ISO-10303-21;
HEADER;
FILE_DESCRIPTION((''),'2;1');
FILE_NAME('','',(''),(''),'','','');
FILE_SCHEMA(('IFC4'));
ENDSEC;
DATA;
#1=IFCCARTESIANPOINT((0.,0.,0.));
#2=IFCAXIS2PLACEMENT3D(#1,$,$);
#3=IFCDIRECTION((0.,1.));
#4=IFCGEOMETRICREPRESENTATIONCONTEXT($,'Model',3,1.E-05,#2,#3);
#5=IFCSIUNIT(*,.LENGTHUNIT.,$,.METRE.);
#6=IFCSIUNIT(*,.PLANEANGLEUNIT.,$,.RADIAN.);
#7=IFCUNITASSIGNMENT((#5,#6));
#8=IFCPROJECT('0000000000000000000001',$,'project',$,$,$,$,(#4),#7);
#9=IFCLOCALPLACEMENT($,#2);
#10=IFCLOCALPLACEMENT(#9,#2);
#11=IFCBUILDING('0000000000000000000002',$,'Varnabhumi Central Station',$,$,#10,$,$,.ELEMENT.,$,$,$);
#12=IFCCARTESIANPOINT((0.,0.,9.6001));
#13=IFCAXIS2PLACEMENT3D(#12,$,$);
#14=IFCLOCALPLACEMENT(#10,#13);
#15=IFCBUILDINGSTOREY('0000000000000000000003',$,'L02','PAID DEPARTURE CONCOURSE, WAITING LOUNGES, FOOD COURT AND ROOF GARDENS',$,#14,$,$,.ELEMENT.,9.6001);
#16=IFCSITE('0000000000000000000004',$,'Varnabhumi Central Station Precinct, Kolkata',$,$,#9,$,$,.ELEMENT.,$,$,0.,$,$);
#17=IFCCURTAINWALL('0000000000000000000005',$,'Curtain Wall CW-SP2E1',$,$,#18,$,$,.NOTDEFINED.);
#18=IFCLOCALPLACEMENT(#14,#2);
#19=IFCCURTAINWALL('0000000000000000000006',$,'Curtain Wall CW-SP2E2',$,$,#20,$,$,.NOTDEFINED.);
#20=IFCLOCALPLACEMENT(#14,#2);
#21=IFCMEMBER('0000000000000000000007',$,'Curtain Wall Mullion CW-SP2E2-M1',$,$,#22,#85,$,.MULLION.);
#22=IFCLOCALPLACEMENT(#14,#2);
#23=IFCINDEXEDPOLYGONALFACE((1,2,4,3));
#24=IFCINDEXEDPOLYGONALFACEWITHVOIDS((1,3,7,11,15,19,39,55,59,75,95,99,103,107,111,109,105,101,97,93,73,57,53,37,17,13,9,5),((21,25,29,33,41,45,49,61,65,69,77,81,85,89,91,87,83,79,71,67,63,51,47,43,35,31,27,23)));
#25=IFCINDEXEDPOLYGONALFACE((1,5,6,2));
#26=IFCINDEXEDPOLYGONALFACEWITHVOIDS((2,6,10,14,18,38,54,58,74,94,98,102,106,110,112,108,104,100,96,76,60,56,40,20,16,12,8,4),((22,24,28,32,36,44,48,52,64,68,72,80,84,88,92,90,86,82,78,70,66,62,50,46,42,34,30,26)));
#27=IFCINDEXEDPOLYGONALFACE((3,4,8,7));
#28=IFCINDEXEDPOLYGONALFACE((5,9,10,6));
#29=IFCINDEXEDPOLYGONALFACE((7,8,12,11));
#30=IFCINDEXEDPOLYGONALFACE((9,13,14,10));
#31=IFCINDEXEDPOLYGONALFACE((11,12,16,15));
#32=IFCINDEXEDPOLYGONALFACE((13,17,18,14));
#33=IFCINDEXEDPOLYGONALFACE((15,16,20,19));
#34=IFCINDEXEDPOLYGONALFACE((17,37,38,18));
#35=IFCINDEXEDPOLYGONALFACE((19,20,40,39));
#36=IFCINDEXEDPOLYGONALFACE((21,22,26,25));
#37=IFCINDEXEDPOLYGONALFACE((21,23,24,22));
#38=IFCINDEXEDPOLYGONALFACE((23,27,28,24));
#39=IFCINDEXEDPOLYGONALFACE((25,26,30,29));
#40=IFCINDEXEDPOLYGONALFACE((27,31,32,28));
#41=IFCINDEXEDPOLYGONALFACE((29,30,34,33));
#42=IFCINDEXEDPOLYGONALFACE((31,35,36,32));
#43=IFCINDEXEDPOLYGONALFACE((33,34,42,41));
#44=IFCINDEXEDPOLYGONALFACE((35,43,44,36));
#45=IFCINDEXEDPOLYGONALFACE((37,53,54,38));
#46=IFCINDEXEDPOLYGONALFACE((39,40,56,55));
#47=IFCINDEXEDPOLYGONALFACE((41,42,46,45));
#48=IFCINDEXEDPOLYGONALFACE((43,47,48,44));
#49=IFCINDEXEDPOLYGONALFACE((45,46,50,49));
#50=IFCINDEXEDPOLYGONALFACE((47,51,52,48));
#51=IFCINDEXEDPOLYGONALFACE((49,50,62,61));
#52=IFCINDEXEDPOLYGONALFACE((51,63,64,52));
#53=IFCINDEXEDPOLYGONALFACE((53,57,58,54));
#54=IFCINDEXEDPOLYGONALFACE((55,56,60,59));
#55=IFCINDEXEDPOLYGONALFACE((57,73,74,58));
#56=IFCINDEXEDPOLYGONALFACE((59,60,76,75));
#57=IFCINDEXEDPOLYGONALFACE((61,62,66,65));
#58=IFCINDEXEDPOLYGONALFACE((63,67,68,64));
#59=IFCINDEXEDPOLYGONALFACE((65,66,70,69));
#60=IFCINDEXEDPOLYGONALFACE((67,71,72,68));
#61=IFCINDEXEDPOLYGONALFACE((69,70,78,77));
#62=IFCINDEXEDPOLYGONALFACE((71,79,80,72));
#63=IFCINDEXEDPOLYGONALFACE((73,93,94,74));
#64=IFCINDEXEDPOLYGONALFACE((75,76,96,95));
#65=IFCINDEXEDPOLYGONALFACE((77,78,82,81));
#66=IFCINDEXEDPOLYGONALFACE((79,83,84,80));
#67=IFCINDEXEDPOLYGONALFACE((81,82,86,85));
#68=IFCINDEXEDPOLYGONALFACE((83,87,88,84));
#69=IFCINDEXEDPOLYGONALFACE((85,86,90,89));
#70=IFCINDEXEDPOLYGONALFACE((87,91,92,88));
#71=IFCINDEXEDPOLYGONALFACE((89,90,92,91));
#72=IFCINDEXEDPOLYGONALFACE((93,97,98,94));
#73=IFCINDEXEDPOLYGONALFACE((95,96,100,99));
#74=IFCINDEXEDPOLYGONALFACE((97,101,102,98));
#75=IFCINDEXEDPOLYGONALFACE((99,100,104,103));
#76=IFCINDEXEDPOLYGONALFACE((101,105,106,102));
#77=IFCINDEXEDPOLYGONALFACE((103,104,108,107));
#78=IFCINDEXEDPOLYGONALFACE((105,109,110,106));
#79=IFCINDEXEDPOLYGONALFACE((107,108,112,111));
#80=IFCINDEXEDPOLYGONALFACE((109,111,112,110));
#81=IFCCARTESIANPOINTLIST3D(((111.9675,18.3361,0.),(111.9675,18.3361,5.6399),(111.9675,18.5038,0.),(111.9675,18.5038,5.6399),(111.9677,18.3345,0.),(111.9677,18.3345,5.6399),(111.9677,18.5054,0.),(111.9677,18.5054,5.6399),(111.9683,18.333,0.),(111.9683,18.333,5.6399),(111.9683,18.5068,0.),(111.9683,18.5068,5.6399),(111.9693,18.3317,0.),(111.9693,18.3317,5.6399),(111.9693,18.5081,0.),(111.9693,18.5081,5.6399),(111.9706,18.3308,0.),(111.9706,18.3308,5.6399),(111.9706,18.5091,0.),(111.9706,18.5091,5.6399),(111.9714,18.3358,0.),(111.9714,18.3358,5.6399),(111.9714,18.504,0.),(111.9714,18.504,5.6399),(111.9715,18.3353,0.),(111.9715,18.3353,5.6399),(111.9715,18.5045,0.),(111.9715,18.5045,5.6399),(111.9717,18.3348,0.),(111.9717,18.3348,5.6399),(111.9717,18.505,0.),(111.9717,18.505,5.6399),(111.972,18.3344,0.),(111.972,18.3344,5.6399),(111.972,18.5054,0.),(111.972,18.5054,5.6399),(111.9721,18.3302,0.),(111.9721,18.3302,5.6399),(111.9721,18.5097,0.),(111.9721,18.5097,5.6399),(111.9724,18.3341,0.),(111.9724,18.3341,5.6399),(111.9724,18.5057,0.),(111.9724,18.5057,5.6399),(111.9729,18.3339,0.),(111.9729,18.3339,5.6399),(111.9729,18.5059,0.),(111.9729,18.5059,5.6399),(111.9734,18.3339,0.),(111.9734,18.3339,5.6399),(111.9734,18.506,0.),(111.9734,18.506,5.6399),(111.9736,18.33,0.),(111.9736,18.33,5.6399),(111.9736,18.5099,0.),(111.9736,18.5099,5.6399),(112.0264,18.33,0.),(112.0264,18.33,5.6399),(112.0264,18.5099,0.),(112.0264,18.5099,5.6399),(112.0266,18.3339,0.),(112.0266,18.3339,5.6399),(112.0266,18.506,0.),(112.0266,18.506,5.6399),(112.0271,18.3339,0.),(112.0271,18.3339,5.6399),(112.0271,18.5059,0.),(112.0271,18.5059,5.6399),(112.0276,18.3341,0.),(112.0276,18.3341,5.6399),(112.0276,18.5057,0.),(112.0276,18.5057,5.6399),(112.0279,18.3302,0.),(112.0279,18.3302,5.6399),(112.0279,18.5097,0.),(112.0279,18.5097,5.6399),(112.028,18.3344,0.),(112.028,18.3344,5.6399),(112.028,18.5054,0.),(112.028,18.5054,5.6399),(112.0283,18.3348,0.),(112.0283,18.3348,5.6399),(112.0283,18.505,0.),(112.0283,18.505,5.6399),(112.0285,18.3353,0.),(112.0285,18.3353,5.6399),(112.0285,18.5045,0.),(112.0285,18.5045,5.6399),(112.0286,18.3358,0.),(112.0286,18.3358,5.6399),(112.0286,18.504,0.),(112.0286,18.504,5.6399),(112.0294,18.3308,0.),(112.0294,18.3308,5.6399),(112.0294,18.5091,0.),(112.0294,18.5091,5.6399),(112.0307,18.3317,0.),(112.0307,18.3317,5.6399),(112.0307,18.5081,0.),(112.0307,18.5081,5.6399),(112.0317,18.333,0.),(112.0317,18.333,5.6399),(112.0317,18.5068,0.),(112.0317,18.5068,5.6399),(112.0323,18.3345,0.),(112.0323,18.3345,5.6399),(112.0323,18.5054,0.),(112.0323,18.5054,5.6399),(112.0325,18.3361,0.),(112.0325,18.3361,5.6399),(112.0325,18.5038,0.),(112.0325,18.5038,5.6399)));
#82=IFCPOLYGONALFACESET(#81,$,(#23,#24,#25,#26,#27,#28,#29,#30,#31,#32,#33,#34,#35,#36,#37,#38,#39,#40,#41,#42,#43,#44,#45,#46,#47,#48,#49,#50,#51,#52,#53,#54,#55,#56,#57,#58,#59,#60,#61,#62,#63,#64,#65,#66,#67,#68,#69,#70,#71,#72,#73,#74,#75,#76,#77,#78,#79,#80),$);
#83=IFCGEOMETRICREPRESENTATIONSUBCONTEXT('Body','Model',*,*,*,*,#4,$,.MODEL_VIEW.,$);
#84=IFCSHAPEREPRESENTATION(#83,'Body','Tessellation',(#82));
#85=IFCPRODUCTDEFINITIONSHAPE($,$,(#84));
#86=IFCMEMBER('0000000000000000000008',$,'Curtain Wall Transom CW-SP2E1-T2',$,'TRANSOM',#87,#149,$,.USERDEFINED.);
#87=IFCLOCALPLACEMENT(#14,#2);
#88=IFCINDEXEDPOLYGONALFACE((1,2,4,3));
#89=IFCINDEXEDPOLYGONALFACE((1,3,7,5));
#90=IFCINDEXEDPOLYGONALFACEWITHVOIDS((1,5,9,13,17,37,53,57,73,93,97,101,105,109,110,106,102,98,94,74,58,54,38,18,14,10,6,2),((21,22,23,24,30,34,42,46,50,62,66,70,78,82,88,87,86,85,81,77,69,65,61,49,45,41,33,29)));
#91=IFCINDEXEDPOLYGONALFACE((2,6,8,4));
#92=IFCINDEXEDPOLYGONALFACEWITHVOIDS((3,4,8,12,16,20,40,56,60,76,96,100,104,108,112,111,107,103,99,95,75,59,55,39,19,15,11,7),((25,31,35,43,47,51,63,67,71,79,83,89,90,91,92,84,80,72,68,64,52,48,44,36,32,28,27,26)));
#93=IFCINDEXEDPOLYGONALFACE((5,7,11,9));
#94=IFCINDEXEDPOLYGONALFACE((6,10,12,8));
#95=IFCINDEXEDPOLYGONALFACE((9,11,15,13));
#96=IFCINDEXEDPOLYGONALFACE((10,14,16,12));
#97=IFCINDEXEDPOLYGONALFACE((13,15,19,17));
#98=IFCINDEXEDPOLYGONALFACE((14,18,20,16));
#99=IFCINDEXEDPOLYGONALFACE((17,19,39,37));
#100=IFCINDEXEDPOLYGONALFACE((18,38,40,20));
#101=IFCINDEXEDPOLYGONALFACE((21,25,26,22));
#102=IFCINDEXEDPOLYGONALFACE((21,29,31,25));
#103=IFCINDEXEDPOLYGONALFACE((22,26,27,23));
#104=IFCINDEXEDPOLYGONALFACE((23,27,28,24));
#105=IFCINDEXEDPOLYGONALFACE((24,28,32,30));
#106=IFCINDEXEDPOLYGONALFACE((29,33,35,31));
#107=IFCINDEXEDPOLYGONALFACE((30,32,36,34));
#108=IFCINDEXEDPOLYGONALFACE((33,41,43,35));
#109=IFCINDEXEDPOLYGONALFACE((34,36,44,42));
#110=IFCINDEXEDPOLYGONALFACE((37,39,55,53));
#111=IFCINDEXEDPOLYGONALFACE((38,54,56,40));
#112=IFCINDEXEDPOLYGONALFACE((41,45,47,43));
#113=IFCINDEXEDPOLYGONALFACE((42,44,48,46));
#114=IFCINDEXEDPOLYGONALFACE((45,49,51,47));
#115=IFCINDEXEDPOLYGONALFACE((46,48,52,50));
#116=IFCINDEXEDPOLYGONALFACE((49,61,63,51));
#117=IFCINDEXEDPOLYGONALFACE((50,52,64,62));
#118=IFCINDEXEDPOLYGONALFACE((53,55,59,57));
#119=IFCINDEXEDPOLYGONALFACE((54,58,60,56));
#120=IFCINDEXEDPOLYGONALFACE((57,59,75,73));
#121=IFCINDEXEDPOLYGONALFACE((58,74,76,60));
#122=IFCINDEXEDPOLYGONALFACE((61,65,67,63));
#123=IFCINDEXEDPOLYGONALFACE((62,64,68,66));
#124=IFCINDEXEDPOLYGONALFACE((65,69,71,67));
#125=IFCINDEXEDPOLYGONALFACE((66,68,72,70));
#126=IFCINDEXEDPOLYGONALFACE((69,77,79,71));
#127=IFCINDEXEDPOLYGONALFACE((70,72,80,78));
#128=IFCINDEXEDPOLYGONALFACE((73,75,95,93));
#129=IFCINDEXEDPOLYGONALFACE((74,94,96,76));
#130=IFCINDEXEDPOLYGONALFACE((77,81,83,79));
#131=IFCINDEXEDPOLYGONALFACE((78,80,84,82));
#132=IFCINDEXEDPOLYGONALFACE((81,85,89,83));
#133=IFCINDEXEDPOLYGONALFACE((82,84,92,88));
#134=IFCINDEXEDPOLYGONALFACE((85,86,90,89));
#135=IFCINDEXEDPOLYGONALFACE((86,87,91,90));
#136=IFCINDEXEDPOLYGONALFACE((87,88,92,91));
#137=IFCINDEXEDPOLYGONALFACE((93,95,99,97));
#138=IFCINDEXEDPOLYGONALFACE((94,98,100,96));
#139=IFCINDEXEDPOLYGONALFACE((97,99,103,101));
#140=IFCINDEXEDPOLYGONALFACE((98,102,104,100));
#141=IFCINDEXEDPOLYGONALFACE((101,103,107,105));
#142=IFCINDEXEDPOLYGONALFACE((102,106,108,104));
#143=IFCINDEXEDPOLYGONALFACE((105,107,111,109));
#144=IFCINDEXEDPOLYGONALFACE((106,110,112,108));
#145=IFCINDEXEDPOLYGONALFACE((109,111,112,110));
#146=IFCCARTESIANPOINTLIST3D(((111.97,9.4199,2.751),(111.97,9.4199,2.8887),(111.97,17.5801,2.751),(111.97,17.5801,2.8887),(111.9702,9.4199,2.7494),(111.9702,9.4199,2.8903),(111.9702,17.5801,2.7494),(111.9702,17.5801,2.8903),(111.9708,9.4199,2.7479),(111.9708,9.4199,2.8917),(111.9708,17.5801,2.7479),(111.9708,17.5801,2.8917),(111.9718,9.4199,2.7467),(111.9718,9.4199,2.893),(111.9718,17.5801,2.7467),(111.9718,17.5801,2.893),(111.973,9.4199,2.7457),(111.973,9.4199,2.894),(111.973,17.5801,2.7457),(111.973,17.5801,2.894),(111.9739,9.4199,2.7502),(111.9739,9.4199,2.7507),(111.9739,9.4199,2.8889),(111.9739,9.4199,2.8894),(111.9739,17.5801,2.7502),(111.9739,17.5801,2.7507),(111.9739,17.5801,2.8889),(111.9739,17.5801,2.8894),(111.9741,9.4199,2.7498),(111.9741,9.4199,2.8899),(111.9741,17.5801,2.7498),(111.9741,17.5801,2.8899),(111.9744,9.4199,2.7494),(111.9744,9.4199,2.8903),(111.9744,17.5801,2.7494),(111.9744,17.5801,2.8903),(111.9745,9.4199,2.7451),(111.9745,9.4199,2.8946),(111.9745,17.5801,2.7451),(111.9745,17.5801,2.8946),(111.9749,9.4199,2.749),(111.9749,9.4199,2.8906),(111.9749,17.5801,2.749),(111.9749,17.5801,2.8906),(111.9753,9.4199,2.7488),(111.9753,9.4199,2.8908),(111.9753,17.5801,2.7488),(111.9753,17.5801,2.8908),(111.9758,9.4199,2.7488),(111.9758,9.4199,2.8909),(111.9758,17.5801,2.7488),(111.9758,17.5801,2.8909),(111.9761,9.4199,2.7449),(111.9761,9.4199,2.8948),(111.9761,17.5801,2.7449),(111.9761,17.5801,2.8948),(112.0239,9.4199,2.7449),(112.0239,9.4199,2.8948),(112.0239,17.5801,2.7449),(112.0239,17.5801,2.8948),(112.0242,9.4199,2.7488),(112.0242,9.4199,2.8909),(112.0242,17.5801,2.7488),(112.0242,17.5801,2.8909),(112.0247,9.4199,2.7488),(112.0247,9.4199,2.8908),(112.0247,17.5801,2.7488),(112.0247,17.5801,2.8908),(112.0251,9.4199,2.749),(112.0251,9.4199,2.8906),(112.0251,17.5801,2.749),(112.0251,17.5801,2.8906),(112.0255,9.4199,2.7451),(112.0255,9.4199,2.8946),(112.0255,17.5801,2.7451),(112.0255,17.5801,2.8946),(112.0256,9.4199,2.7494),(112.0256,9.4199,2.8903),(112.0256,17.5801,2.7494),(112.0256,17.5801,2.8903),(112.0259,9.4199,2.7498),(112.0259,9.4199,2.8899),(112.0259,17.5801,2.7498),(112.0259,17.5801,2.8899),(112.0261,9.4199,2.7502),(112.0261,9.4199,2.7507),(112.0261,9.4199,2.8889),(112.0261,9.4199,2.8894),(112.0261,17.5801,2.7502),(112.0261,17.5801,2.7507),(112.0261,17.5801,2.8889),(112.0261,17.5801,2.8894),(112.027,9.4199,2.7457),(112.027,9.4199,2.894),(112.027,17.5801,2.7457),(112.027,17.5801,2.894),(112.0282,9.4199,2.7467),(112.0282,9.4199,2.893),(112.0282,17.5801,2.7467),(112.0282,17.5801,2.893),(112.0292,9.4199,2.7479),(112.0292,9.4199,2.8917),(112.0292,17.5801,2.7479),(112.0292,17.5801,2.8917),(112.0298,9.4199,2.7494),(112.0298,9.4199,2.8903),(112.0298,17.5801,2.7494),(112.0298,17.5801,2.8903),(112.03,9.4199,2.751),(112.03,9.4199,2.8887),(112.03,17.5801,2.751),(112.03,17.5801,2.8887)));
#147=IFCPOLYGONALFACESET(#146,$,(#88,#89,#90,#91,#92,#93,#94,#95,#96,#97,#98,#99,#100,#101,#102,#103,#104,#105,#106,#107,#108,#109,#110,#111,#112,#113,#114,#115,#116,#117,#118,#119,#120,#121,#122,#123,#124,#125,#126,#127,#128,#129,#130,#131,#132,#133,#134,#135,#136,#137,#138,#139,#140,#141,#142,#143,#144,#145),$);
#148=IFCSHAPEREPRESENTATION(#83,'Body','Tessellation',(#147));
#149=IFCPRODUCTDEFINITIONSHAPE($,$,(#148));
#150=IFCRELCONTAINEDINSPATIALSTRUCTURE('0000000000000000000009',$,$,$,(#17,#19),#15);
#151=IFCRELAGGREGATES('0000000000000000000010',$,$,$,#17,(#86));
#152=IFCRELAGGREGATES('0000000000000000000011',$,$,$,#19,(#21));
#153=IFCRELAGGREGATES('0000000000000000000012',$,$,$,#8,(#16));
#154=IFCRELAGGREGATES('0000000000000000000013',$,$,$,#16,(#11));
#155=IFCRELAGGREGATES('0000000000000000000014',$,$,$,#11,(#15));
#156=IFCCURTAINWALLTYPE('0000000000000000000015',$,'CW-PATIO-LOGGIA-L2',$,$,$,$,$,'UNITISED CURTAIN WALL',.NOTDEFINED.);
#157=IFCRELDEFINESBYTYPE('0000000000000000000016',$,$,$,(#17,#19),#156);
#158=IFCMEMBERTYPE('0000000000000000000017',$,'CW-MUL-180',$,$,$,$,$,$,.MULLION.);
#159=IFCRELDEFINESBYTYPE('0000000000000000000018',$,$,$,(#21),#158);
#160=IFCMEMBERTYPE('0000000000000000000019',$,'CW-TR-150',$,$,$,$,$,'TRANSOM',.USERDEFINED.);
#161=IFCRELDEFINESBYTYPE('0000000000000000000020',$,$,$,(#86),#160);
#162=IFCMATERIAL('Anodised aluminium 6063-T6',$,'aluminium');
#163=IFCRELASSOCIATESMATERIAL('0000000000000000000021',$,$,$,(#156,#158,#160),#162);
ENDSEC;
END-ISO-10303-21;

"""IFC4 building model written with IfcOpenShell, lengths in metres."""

from ifc_helpers import new_model, si_unit, direction, frame, origin, origin_2d, place, context, subcontext, project, spatial, hollow_rectangle, extrude, material, material_profile, profile_set, type_object, element, aggregate, save


model = new_model("IFC4")

# Units and contexts
model_context = context("Model", 3, precision=1e-05, world=origin(), true_north=direction((0.0, 1.0)))
body_context = subcontext(model_context, "Body", "Model", "MODEL_VIEW")
ifc_project = project(units=[si_unit("LENGTHUNIT", "METRE"), si_unit("PLANEANGLEUNIT", "RADIAN")], contexts=[model_context])

# Site, building, storey
site_placement = place(None, origin())
site = spatial("IfcSite", under=ifc_project, at=site_placement, Name="Varnabhumi Central Station Precinct, Kolkata", CompositionType="ELEMENT", RefElevation=0.0)
building_placement = place(site_placement, origin())
building = spatial("IfcBuilding", under=site, at=building_placement, Name="Varnabhumi Central Station", CompositionType="ELEMENT")
storey_placement = place(building_placement, frame((0.0, 0.0, 9.6001)))
storey = spatial("IfcBuildingStorey", under=building, at=storey_placement, Name="L02", Description="PAID DEPARTURE CONCOURSE, WAITING LOUNGES, FOOD COURT AND ROOF GARDENS", CompositionType="ELEMENT", Elevation=9.6001)

# Curtain wall
ifc_material_1 = material(Name="Anodised aluminium 6063-T6", Category="aluminium")
curtain_wall_type = type_object("IfcCurtainWallType", Name="CW-PATIO-LOGGIA-L2", ElementType="UNITISED CURTAIN WALL", PredefinedType="NOTDEFINED", material=ifc_material_1)
curtain_wall_1_placement = place(storey_placement, origin())
curtain_wall_1 = element("IfcCurtainWall", 1, at=curtain_wall_1_placement, inside=storey, type_object=curtain_wall_type, Name="Curtain Wall CW-SP2E1", PredefinedType="NOTDEFINED")
ifc_material_profile_1 = material_profile(ifc_material_1, hollow_rectangle(XDim=0.0649, YDim=0.1799, WallThickness=0.0039, InnerFilletRadius=0.002, OuterFilletRadius=0.0061, at=origin_2d()), Name="Anodised aluminium 6063-T6", Category="aluminium")
ifc_profile_set_1 = profile_set([ifc_material_profile_1], Name="Anodised aluminium 6063-T6")
member_type_1 = type_object("IfcMemberType", Name="CW-MUL-180", PredefinedType="MULLION", material=ifc_profile_set_1)

# Curtain wall, member
curtain_wall_2_placement = place(storey_placement, origin())
curtain_wall_2 = element("IfcCurtainWall", 2, at=curtain_wall_2_placement, inside=storey, type_object=curtain_wall_type, Name="Curtain Wall CW-SP2E2", PredefinedType="NOTDEFINED")
member_1_placement = place(storey_placement, frame((112.0, 18.4199, 0.0), z_axis=(0.0, 0.0, 1.0), x_axis=(1.0, 0.0, 0.0)))
member_1 = element("IfcMember", 3, at=member_1_placement, type_object=member_type_1, Name="Curtain Wall Mullion CW-SP2E2-M1", PredefinedType="MULLION", context=body_context, shape_type="SweptSolid", body=[
    extrude(hollow_rectangle(XDim=0.0649, YDim=0.1799, WallThickness=0.0039, InnerFilletRadius=0.002, OuterFilletRadius=0.0061, at=origin_2d()), origin(), (0.0, 0.0, 1.0), 5.6399),
])

# Member
ifc_material_profile_2 = material_profile(ifc_material_1, hollow_rectangle(XDim=0.0601, YDim=0.1499, WallThickness=0.0039, InnerFilletRadius=0.002, OuterFilletRadius=0.0061, at=origin_2d()), Name="Anodised aluminium 6063-T6", Category="aluminium")
ifc_profile_set_2 = profile_set([ifc_material_profile_2], Name="Anodised aluminium 6063-T6")
member_type_2 = type_object("IfcMemberType", Name="CW-TR-150", ElementType="TRANSOM", PredefinedType="USERDEFINED", material=ifc_profile_set_2)
member_2_placement = place(storey_placement, frame((112.0, 9.4199, 2.8198), z_axis=(0.0, 1.0, 0.0), x_axis=(-1.0, 0.0, 0.0)))
member_2 = element("IfcMember", 4, at=member_2_placement, type_object=member_type_2, Name="Curtain Wall Transom CW-SP2E1-T2", ObjectType="TRANSOM", PredefinedType="USERDEFINED", context=body_context, shape_type="SweptSolid", body=[
    extrude(hollow_rectangle(XDim=0.0601, YDim=0.1499, WallThickness=0.0039, InnerFilletRadius=0.002, OuterFilletRadius=0.0061, at=origin_2d()), origin(), (0.0, 0.0, 1.0), 8.1602),
])

aggregate(curtain_wall_1, [member_2])
aggregate(curtain_wall_2, [member_1])

save(model, "model.ifc")
